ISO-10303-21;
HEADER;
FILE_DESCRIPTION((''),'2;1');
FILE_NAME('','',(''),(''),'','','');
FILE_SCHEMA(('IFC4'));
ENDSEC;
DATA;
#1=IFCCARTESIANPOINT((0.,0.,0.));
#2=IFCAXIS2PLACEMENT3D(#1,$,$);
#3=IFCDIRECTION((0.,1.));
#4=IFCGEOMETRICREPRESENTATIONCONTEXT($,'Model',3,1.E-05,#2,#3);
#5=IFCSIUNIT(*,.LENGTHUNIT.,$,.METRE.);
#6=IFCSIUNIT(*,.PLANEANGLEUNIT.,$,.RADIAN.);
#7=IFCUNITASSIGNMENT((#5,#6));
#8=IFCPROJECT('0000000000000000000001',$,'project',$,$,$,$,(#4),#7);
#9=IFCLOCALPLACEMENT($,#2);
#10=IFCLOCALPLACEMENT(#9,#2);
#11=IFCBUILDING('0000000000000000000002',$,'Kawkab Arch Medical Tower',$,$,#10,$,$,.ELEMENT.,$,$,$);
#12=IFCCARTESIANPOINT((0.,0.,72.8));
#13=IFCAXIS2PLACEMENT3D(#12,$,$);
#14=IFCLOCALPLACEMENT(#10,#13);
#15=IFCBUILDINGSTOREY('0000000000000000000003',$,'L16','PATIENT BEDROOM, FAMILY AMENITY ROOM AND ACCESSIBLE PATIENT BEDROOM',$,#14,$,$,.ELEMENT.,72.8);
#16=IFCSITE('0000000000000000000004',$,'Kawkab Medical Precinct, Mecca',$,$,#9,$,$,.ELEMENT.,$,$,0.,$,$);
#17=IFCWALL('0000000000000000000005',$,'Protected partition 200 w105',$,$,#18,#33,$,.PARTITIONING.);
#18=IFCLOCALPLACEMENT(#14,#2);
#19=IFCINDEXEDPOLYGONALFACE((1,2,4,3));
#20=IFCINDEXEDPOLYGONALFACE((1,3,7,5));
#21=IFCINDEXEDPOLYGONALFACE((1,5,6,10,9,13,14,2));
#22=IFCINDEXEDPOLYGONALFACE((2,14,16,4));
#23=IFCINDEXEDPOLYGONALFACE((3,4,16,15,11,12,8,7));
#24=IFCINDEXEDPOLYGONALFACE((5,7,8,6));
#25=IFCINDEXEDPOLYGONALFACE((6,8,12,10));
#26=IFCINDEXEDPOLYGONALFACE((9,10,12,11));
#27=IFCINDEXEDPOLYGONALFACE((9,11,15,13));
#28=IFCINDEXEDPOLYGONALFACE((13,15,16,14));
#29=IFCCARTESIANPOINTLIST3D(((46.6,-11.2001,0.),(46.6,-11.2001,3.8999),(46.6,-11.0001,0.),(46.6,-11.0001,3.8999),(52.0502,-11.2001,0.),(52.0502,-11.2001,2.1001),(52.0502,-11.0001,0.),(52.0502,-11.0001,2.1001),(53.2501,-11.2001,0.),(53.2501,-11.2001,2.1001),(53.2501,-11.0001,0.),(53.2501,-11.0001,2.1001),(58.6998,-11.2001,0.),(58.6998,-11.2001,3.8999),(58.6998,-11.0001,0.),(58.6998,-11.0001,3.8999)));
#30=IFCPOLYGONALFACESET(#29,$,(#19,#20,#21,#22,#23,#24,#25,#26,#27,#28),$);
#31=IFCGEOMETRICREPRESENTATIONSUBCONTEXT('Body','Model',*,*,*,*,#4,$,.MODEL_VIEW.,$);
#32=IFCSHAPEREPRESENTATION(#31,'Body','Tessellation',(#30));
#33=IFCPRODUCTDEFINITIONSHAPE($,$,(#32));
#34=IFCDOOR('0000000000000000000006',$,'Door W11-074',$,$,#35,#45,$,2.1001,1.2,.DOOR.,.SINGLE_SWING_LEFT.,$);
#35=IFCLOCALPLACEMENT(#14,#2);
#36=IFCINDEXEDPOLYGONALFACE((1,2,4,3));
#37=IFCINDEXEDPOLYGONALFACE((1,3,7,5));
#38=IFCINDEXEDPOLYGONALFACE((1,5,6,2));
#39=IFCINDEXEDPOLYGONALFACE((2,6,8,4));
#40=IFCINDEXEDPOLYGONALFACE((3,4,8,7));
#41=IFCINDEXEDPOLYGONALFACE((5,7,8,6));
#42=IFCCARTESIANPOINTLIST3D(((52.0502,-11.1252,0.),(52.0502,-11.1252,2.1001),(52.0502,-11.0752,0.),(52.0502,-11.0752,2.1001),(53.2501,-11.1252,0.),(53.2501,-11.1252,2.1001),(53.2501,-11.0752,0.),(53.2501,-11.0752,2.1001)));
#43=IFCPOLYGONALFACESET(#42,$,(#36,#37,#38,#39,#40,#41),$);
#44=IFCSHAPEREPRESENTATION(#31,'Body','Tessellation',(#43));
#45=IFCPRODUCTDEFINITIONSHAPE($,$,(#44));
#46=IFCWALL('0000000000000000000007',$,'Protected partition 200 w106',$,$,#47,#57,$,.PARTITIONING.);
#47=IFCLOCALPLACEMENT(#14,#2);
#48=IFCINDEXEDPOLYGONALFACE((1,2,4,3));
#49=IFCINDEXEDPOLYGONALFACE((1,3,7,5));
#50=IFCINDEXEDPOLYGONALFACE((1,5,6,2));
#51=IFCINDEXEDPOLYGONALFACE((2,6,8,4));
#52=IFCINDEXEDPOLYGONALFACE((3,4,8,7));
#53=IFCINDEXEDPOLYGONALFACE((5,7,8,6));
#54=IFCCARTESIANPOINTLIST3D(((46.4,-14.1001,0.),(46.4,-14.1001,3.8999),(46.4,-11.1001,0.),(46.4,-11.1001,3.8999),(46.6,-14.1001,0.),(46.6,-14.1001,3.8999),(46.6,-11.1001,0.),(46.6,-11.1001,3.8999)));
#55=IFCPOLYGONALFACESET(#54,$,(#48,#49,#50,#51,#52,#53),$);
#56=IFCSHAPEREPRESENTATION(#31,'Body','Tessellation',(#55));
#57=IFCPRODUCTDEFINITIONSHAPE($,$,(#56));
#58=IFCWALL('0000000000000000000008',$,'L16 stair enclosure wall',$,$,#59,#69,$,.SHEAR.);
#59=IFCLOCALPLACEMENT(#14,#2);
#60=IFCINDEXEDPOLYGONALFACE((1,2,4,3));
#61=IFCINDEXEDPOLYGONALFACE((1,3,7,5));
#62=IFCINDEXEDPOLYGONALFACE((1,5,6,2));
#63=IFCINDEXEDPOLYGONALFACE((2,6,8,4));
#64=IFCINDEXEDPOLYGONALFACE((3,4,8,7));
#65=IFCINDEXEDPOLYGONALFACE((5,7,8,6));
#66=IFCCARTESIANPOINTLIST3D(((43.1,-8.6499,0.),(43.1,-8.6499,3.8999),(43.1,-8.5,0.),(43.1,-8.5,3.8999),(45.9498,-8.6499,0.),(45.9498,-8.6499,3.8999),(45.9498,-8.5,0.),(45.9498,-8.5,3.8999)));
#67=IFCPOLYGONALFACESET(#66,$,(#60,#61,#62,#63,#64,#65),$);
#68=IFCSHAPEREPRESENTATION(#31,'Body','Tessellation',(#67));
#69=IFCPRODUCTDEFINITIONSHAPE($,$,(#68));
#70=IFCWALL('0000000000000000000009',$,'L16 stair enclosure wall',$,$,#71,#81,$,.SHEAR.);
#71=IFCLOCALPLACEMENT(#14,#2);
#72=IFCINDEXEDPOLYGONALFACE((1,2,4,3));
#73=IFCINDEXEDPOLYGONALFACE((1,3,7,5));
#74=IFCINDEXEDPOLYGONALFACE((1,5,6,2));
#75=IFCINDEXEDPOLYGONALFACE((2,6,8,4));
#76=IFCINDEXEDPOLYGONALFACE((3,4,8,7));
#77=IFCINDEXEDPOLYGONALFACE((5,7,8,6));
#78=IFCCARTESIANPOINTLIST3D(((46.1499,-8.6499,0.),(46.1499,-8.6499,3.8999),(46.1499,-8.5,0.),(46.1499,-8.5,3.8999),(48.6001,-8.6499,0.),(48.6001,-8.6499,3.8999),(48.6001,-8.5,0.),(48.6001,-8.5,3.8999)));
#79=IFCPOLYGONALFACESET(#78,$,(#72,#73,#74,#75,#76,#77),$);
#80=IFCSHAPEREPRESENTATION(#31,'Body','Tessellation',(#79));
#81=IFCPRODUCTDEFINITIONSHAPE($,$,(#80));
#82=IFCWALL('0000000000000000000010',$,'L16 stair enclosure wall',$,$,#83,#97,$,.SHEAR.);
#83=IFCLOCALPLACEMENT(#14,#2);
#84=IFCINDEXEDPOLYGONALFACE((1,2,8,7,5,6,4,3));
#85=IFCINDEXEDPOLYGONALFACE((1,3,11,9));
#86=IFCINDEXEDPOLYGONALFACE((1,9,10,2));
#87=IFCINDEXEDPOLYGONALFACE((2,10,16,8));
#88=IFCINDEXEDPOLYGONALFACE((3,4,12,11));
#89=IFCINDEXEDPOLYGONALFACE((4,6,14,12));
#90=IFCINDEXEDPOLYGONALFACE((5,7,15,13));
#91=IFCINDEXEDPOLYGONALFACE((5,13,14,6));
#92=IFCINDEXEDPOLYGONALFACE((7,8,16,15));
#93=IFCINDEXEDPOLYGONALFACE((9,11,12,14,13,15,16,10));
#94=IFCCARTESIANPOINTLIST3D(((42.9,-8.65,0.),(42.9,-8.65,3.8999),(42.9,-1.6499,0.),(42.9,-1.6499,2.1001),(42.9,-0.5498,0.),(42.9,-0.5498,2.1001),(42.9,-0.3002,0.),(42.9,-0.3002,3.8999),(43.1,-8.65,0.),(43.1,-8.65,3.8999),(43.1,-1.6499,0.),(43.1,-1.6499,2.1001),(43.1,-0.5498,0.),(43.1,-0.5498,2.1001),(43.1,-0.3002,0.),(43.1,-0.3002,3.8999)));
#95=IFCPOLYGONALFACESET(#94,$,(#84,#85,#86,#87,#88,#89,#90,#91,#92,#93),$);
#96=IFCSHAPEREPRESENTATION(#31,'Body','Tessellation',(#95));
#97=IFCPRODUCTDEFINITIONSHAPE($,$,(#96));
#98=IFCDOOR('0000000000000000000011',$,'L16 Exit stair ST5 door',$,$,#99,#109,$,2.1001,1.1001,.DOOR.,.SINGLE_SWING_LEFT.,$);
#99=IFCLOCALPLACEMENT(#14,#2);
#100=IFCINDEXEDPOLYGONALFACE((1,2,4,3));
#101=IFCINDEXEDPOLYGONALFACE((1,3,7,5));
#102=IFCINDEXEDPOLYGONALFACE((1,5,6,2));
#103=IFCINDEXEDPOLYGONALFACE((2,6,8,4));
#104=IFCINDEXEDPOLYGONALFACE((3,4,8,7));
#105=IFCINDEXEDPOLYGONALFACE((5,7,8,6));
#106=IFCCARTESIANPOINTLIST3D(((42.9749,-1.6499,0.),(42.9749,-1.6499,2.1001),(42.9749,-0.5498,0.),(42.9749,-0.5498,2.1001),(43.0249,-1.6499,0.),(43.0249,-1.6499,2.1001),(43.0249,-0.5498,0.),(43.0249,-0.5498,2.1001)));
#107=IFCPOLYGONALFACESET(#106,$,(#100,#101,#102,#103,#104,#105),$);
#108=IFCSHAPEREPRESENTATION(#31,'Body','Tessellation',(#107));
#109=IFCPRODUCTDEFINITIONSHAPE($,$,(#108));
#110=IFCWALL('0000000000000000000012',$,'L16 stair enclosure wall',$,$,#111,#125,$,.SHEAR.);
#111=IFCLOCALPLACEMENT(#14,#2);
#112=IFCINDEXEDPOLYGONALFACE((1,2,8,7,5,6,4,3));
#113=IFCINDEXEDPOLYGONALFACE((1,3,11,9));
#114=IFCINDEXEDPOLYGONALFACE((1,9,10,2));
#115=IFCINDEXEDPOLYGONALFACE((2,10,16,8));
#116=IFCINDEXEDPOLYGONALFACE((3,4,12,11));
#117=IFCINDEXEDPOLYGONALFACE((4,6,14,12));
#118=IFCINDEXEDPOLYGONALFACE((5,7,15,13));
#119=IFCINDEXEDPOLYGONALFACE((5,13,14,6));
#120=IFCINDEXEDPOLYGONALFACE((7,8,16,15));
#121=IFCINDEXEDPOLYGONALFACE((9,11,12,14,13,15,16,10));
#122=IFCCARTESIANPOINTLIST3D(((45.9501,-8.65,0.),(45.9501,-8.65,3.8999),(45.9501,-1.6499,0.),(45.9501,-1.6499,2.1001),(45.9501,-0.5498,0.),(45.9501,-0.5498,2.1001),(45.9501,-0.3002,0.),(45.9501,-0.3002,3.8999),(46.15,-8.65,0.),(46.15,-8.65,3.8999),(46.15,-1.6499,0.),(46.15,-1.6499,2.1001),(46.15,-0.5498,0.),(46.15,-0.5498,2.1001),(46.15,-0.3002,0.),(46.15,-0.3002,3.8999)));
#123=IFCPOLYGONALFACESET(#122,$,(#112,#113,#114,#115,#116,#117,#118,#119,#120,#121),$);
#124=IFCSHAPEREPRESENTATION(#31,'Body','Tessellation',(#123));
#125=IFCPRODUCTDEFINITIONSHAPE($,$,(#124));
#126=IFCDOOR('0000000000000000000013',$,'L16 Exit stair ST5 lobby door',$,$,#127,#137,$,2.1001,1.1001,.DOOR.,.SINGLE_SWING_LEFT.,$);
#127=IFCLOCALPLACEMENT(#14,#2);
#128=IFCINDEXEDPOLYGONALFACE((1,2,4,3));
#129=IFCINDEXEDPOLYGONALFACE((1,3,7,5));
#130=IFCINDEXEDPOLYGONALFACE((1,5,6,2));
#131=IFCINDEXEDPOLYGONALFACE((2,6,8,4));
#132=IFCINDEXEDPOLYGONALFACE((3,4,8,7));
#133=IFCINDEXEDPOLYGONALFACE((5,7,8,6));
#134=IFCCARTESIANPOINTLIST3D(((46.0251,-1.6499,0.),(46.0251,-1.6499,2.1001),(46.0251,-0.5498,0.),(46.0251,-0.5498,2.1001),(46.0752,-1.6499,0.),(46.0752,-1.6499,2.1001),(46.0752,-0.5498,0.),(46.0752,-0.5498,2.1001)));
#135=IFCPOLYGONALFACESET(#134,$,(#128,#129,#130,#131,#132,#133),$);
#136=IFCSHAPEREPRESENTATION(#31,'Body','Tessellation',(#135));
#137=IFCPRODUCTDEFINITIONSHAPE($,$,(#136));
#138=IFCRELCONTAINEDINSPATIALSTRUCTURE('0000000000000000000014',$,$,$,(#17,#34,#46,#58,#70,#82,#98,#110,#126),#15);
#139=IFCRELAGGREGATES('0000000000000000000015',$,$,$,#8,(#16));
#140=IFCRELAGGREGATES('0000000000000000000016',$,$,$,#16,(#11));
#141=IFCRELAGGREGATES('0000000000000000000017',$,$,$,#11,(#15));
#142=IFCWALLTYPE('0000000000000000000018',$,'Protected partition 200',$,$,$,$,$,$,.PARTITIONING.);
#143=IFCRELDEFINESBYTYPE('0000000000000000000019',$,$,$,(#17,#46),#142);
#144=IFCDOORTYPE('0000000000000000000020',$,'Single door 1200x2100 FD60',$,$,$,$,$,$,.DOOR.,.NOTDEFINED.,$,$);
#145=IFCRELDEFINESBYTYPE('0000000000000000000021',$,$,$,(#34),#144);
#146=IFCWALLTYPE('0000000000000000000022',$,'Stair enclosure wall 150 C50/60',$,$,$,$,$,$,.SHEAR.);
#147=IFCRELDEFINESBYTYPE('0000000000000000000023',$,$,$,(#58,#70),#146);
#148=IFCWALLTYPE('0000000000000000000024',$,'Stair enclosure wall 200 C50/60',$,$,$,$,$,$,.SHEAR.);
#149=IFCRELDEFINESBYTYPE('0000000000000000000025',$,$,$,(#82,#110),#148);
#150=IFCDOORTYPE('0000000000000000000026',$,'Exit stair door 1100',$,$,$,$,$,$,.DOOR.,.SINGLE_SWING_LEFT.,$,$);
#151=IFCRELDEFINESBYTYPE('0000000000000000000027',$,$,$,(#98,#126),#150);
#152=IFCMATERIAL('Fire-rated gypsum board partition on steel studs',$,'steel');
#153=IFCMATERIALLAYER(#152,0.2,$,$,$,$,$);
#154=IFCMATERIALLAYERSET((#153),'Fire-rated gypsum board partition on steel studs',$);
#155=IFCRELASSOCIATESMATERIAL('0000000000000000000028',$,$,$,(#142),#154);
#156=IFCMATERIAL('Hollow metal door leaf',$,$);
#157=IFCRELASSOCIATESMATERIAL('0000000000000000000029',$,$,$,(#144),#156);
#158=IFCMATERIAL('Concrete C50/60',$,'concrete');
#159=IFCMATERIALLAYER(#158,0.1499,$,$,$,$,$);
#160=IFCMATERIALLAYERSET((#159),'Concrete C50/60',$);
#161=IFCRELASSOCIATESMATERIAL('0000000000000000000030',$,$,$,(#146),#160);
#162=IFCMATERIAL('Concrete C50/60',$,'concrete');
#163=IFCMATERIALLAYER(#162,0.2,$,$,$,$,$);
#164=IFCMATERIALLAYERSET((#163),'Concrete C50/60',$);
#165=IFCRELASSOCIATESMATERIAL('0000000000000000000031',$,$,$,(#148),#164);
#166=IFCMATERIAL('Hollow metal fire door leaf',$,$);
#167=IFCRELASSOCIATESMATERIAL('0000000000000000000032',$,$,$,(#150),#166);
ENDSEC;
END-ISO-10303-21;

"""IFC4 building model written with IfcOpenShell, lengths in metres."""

from ifc_helpers import new_model, si_unit, direction, frame, frame_2d, origin, place, context, subcontext, project, spatial, rectangle, extrude, material, layer, layer_set, type_object, element, fill, save


model = new_model("IFC4")

# Units and contexts
model_context = context("Model", 3, precision=1e-05, world=origin(), true_north=direction((0.0, 1.0)))
body_context = subcontext(model_context, "Body", "Model", "MODEL_VIEW")
ifc_project = project(units=[si_unit("LENGTHUNIT", "METRE"), si_unit("PLANEANGLEUNIT", "RADIAN")], contexts=[model_context])

# Site, building, storey
site_placement = place(None, origin())
site = spatial("IfcSite", under=ifc_project, at=site_placement, Name="Kawkab Medical Precinct, Mecca", CompositionType="ELEMENT", RefElevation=0.0)
building_placement = place(site_placement, origin())
building = spatial("IfcBuilding", under=site, at=building_placement, Name="Kawkab Arch Medical Tower", CompositionType="ELEMENT")
storey_placement = place(building_placement, frame((0.0, 0.0, 72.8)))
storey = spatial("IfcBuildingStorey", under=building, at=storey_placement, Name="L16", Description="PATIENT BEDROOM, FAMILY AMENITY ROOM AND ACCESSIBLE PATIENT BEDROOM", CompositionType="ELEMENT", Elevation=72.8)

# Shared definitions
ifc_material_1 = material(Name="Fire-rated gypsum board partition on steel studs", Category="steel")
ifc_layer_1 = layer(ifc_material_1, 0.2)
ifc_layer_set_1 = layer_set([ifc_layer_1], Name="Fire-rated gypsum board partition on steel studs")
wall_type_1 = type_object("IfcWallType", Name="Protected partition 200", PredefinedType="PARTITIONING", material=ifc_layer_set_1)

# Wall, opening, door
wall_1_placement = place(storey_placement, frame((46.6001, -11.1001, 0.0), z_axis=(0.0, 0.0, 1.0), x_axis=(1.0, 0.0, 0.0)))
wall_1 = element("IfcWall", 1, at=wall_1_placement, inside=storey, type_object=wall_type_1, Name="Protected partition 200 w105", PredefinedType="PARTITIONING", context=body_context, shape_type="SweptSolid", body=[
    extrude(rectangle(XDim=12.0999, YDim=0.2, at=frame_2d((6.0498, 0.0))), origin(), (0.0, 0.0, 1.0), 3.8999),
])
opening_1_placement = place(wall_1_placement, frame((5.45, 0.0, 0.0)))
opening_1 = element("IfcOpeningElement", 2, at=opening_1_placement, cuts=wall_1, PredefinedType="OPENING", context=body_context, shape_type="SweptSolid", body=[
    extrude(rectangle(XDim=1.2, YDim=2.1001, at=frame_2d((0.6001, 1.05))), frame((0.0, 0.1099, 0.0), z_axis=(0.0, -1.0, 0.0), x_axis=(1.0, 0.0, 0.0)), (0.0, 0.0, 1.0), 0.22),
])
ifc_material_2 = material(Name="Hollow metal door leaf")
door_type_1 = type_object("IfcDoorType", Name="Single door 1200x2100 FD60", OperationType="NOTDEFINED", PredefinedType="DOOR", material=ifc_material_2)
door_1_placement = place(opening_1_placement, origin())
door_1 = element("IfcDoor", 3, at=door_1_placement, inside=storey, type_object=door_type_1, Name="Door W11-074", OperationType="SINGLE_SWING_LEFT", OverallHeight=2.1001, OverallWidth=1.2, PredefinedType="DOOR", context=body_context, shape_type="SweptSolid", body=[
    extrude(rectangle(XDim=1.2, YDim=2.1001, at=frame_2d((0.6001, 1.05))), frame((0.0, 0.0249, 0.0), z_axis=(0.0, -1.0, 0.0), x_axis=(1.0, 0.0, 0.0)), (0.0, 0.0, 1.0), 0.05),
])
fill(opening_1, door_1)

# Walls
wall_2_placement = place(storey_placement, frame((46.5, -14.1001, 0.0), z_axis=(0.0, 0.0, 1.0), x_axis=(0.0, 1.0, 0.0)))
element("IfcWall", 4, at=wall_2_placement, inside=storey, type_object=wall_type_1, Name="Protected partition 200 w106", PredefinedType="PARTITIONING", context=body_context, shape_type="SweptSolid", body=[
    extrude(rectangle(XDim=3.0, YDim=0.2, at=frame_2d((1.5, 0.0))), origin(), (0.0, 0.0, 1.0), 3.8999),
])
ifc_material_3 = material(Name="Concrete C50/60", Category="concrete")
ifc_layer_2 = layer(ifc_material_3, 0.1499)
ifc_layer_set_2 = layer_set([ifc_layer_2], Name="Concrete C50/60")
wall_type_2 = type_object("IfcWallType", Name="Stair enclosure wall 150 C50/60", PredefinedType="SHEAR", material=ifc_layer_set_2)
wall_3_placement = place(storey_placement, frame((43.1001, -8.575, 0.0), z_axis=(0.0, 0.0, 1.0), x_axis=(1.0, 0.0, 0.0)))
element("IfcWall", 5, at=wall_3_placement, inside=storey, type_object=wall_type_2, Name="L16 stair enclosure wall", PredefinedType="SHEAR", context=body_context, shape_type="SweptSolid", body=[
    extrude(rectangle(XDim=2.8499, YDim=0.1499, at=frame_2d((1.4248, 0.0))), origin(), (0.0, 0.0, 1.0), 3.8999),
])
wall_4_placement = place(storey_placement, frame((46.1499, -8.575, 0.0), z_axis=(0.0, 0.0, 1.0), x_axis=(1.0, 0.0, 0.0)))
element("IfcWall", 6, at=wall_4_placement, inside=storey, type_object=wall_type_2, Name="L16 stair enclosure wall", PredefinedType="SHEAR", context=body_context, shape_type="SweptSolid", body=[
    extrude(rectangle(XDim=2.4502, YDim=0.1499, at=frame_2d((1.2251, 0.0))), origin(), (0.0, 0.0, 1.0), 3.8999),
])

# Walls, openings, doors
ifc_material_4 = material(Name="Concrete C50/60", Category="concrete")
ifc_layer_3 = layer(ifc_material_4, 0.2)
ifc_layer_set_3 = layer_set([ifc_layer_3], Name="Concrete C50/60")
wall_type_3 = type_object("IfcWallType", Name="Stair enclosure wall 200 C50/60", PredefinedType="SHEAR", material=ifc_layer_set_3)
wall_5_placement = place(storey_placement, frame((43.0, -8.6499, 0.0), z_axis=(0.0, 0.0, 1.0), x_axis=(0.0, 1.0, 0.0)))
wall_5 = element("IfcWall", 7, at=wall_5_placement, inside=storey, type_object=wall_type_3, Name="L16 stair enclosure wall", PredefinedType="SHEAR", context=body_context, shape_type="SweptSolid", body=[
    extrude(rectangle(XDim=8.3499, YDim=0.2, at=frame_2d((4.1748, 0.0))), origin(), (0.0, 0.0, 1.0), 3.8999),
])
opening_2_placement = place(wall_5_placement, frame((7.0, 0.0, 0.0)))
opening_2 = element("IfcOpeningElement", 8, at=opening_2_placement, cuts=wall_5, PredefinedType="OPENING", context=body_context, shape_type="SweptSolid", body=[
    extrude(rectangle(XDim=1.1001, YDim=2.1001, at=frame_2d((0.55, 1.05))), frame((0.0, 0.1099, 0.0), z_axis=(0.0, -1.0, 0.0), x_axis=(1.0, 0.0, 0.0)), (0.0, 0.0, 1.0), 0.22),
])
ifc_material_5 = material(Name="Hollow metal fire door leaf")
door_type_2 = type_object("IfcDoorType", Name="Exit stair door 1100", OperationType="SINGLE_SWING_LEFT", PredefinedType="DOOR", material=ifc_material_5)
door_2_placement = place(opening_2_placement, frame((1.1001, 0.0, 0.0), z_axis=(0.0, 0.0, 1.0), x_axis=(-1.0, 0.0, 0.0)))
door_2 = element("IfcDoor", 9, at=door_2_placement, inside=storey, type_object=door_type_2, Name="L16 Exit stair ST5 door", OperationType="SINGLE_SWING_LEFT", OverallHeight=2.1001, OverallWidth=1.1001, PredefinedType="DOOR", context=body_context, shape_type="SweptSolid", body=[
    extrude(rectangle(XDim=1.1001, YDim=2.1001, at=frame_2d((0.55, 1.05))), frame((0.0, 0.0249, 0.0), z_axis=(0.0, -1.0, 0.0), x_axis=(1.0, 0.0, 0.0)), (0.0, 0.0, 1.0), 0.05),
])
fill(opening_2, door_2)
wall_6_placement = place(storey_placement, frame((46.05, -8.6499, 0.0), z_axis=(0.0, 0.0, 1.0), x_axis=(0.0, 1.0, 0.0)))
wall_6 = element("IfcWall", 10, at=wall_6_placement, inside=storey, type_object=wall_type_3, Name="L16 stair enclosure wall", PredefinedType="SHEAR", context=body_context, shape_type="SweptSolid", body=[
    extrude(rectangle(XDim=8.3499, YDim=0.2, at=frame_2d((4.1748, 0.0))), origin(), (0.0, 0.0, 1.0), 3.8999),
])
opening_3_placement = place(wall_6_placement, frame((7.0, 0.0, 0.0)))
opening_3 = element("IfcOpeningElement", 11, at=opening_3_placement, cuts=wall_6, PredefinedType="OPENING", context=body_context, shape_type="SweptSolid", body=[
    extrude(rectangle(XDim=1.1001, YDim=2.1001, at=frame_2d((0.55, 1.05))), frame((0.0, 0.1099, 0.0), z_axis=(0.0, -1.0, 0.0), x_axis=(1.0, 0.0, 0.0)), (0.0, 0.0, 1.0), 0.22),
])
door_3_placement = place(opening_3_placement, origin())
door_3 = element("IfcDoor", 12, at=door_3_placement, inside=storey, type_object=door_type_2, Name="L16 Exit stair ST5 lobby door", OperationType="SINGLE_SWING_LEFT", OverallHeight=2.1001, OverallWidth=1.1001, PredefinedType="DOOR", context=body_context, shape_type="SweptSolid", body=[
    extrude(rectangle(XDim=1.1001, YDim=2.1001, at=frame_2d((0.55, 1.05))), frame((0.0, 0.0249, 0.0), z_axis=(0.0, -1.0, 0.0), x_axis=(1.0, 0.0, 0.0)), (0.0, 0.0, 1.0), 0.05),
])
fill(opening_3, door_3)

save(model, "model.ifc")
